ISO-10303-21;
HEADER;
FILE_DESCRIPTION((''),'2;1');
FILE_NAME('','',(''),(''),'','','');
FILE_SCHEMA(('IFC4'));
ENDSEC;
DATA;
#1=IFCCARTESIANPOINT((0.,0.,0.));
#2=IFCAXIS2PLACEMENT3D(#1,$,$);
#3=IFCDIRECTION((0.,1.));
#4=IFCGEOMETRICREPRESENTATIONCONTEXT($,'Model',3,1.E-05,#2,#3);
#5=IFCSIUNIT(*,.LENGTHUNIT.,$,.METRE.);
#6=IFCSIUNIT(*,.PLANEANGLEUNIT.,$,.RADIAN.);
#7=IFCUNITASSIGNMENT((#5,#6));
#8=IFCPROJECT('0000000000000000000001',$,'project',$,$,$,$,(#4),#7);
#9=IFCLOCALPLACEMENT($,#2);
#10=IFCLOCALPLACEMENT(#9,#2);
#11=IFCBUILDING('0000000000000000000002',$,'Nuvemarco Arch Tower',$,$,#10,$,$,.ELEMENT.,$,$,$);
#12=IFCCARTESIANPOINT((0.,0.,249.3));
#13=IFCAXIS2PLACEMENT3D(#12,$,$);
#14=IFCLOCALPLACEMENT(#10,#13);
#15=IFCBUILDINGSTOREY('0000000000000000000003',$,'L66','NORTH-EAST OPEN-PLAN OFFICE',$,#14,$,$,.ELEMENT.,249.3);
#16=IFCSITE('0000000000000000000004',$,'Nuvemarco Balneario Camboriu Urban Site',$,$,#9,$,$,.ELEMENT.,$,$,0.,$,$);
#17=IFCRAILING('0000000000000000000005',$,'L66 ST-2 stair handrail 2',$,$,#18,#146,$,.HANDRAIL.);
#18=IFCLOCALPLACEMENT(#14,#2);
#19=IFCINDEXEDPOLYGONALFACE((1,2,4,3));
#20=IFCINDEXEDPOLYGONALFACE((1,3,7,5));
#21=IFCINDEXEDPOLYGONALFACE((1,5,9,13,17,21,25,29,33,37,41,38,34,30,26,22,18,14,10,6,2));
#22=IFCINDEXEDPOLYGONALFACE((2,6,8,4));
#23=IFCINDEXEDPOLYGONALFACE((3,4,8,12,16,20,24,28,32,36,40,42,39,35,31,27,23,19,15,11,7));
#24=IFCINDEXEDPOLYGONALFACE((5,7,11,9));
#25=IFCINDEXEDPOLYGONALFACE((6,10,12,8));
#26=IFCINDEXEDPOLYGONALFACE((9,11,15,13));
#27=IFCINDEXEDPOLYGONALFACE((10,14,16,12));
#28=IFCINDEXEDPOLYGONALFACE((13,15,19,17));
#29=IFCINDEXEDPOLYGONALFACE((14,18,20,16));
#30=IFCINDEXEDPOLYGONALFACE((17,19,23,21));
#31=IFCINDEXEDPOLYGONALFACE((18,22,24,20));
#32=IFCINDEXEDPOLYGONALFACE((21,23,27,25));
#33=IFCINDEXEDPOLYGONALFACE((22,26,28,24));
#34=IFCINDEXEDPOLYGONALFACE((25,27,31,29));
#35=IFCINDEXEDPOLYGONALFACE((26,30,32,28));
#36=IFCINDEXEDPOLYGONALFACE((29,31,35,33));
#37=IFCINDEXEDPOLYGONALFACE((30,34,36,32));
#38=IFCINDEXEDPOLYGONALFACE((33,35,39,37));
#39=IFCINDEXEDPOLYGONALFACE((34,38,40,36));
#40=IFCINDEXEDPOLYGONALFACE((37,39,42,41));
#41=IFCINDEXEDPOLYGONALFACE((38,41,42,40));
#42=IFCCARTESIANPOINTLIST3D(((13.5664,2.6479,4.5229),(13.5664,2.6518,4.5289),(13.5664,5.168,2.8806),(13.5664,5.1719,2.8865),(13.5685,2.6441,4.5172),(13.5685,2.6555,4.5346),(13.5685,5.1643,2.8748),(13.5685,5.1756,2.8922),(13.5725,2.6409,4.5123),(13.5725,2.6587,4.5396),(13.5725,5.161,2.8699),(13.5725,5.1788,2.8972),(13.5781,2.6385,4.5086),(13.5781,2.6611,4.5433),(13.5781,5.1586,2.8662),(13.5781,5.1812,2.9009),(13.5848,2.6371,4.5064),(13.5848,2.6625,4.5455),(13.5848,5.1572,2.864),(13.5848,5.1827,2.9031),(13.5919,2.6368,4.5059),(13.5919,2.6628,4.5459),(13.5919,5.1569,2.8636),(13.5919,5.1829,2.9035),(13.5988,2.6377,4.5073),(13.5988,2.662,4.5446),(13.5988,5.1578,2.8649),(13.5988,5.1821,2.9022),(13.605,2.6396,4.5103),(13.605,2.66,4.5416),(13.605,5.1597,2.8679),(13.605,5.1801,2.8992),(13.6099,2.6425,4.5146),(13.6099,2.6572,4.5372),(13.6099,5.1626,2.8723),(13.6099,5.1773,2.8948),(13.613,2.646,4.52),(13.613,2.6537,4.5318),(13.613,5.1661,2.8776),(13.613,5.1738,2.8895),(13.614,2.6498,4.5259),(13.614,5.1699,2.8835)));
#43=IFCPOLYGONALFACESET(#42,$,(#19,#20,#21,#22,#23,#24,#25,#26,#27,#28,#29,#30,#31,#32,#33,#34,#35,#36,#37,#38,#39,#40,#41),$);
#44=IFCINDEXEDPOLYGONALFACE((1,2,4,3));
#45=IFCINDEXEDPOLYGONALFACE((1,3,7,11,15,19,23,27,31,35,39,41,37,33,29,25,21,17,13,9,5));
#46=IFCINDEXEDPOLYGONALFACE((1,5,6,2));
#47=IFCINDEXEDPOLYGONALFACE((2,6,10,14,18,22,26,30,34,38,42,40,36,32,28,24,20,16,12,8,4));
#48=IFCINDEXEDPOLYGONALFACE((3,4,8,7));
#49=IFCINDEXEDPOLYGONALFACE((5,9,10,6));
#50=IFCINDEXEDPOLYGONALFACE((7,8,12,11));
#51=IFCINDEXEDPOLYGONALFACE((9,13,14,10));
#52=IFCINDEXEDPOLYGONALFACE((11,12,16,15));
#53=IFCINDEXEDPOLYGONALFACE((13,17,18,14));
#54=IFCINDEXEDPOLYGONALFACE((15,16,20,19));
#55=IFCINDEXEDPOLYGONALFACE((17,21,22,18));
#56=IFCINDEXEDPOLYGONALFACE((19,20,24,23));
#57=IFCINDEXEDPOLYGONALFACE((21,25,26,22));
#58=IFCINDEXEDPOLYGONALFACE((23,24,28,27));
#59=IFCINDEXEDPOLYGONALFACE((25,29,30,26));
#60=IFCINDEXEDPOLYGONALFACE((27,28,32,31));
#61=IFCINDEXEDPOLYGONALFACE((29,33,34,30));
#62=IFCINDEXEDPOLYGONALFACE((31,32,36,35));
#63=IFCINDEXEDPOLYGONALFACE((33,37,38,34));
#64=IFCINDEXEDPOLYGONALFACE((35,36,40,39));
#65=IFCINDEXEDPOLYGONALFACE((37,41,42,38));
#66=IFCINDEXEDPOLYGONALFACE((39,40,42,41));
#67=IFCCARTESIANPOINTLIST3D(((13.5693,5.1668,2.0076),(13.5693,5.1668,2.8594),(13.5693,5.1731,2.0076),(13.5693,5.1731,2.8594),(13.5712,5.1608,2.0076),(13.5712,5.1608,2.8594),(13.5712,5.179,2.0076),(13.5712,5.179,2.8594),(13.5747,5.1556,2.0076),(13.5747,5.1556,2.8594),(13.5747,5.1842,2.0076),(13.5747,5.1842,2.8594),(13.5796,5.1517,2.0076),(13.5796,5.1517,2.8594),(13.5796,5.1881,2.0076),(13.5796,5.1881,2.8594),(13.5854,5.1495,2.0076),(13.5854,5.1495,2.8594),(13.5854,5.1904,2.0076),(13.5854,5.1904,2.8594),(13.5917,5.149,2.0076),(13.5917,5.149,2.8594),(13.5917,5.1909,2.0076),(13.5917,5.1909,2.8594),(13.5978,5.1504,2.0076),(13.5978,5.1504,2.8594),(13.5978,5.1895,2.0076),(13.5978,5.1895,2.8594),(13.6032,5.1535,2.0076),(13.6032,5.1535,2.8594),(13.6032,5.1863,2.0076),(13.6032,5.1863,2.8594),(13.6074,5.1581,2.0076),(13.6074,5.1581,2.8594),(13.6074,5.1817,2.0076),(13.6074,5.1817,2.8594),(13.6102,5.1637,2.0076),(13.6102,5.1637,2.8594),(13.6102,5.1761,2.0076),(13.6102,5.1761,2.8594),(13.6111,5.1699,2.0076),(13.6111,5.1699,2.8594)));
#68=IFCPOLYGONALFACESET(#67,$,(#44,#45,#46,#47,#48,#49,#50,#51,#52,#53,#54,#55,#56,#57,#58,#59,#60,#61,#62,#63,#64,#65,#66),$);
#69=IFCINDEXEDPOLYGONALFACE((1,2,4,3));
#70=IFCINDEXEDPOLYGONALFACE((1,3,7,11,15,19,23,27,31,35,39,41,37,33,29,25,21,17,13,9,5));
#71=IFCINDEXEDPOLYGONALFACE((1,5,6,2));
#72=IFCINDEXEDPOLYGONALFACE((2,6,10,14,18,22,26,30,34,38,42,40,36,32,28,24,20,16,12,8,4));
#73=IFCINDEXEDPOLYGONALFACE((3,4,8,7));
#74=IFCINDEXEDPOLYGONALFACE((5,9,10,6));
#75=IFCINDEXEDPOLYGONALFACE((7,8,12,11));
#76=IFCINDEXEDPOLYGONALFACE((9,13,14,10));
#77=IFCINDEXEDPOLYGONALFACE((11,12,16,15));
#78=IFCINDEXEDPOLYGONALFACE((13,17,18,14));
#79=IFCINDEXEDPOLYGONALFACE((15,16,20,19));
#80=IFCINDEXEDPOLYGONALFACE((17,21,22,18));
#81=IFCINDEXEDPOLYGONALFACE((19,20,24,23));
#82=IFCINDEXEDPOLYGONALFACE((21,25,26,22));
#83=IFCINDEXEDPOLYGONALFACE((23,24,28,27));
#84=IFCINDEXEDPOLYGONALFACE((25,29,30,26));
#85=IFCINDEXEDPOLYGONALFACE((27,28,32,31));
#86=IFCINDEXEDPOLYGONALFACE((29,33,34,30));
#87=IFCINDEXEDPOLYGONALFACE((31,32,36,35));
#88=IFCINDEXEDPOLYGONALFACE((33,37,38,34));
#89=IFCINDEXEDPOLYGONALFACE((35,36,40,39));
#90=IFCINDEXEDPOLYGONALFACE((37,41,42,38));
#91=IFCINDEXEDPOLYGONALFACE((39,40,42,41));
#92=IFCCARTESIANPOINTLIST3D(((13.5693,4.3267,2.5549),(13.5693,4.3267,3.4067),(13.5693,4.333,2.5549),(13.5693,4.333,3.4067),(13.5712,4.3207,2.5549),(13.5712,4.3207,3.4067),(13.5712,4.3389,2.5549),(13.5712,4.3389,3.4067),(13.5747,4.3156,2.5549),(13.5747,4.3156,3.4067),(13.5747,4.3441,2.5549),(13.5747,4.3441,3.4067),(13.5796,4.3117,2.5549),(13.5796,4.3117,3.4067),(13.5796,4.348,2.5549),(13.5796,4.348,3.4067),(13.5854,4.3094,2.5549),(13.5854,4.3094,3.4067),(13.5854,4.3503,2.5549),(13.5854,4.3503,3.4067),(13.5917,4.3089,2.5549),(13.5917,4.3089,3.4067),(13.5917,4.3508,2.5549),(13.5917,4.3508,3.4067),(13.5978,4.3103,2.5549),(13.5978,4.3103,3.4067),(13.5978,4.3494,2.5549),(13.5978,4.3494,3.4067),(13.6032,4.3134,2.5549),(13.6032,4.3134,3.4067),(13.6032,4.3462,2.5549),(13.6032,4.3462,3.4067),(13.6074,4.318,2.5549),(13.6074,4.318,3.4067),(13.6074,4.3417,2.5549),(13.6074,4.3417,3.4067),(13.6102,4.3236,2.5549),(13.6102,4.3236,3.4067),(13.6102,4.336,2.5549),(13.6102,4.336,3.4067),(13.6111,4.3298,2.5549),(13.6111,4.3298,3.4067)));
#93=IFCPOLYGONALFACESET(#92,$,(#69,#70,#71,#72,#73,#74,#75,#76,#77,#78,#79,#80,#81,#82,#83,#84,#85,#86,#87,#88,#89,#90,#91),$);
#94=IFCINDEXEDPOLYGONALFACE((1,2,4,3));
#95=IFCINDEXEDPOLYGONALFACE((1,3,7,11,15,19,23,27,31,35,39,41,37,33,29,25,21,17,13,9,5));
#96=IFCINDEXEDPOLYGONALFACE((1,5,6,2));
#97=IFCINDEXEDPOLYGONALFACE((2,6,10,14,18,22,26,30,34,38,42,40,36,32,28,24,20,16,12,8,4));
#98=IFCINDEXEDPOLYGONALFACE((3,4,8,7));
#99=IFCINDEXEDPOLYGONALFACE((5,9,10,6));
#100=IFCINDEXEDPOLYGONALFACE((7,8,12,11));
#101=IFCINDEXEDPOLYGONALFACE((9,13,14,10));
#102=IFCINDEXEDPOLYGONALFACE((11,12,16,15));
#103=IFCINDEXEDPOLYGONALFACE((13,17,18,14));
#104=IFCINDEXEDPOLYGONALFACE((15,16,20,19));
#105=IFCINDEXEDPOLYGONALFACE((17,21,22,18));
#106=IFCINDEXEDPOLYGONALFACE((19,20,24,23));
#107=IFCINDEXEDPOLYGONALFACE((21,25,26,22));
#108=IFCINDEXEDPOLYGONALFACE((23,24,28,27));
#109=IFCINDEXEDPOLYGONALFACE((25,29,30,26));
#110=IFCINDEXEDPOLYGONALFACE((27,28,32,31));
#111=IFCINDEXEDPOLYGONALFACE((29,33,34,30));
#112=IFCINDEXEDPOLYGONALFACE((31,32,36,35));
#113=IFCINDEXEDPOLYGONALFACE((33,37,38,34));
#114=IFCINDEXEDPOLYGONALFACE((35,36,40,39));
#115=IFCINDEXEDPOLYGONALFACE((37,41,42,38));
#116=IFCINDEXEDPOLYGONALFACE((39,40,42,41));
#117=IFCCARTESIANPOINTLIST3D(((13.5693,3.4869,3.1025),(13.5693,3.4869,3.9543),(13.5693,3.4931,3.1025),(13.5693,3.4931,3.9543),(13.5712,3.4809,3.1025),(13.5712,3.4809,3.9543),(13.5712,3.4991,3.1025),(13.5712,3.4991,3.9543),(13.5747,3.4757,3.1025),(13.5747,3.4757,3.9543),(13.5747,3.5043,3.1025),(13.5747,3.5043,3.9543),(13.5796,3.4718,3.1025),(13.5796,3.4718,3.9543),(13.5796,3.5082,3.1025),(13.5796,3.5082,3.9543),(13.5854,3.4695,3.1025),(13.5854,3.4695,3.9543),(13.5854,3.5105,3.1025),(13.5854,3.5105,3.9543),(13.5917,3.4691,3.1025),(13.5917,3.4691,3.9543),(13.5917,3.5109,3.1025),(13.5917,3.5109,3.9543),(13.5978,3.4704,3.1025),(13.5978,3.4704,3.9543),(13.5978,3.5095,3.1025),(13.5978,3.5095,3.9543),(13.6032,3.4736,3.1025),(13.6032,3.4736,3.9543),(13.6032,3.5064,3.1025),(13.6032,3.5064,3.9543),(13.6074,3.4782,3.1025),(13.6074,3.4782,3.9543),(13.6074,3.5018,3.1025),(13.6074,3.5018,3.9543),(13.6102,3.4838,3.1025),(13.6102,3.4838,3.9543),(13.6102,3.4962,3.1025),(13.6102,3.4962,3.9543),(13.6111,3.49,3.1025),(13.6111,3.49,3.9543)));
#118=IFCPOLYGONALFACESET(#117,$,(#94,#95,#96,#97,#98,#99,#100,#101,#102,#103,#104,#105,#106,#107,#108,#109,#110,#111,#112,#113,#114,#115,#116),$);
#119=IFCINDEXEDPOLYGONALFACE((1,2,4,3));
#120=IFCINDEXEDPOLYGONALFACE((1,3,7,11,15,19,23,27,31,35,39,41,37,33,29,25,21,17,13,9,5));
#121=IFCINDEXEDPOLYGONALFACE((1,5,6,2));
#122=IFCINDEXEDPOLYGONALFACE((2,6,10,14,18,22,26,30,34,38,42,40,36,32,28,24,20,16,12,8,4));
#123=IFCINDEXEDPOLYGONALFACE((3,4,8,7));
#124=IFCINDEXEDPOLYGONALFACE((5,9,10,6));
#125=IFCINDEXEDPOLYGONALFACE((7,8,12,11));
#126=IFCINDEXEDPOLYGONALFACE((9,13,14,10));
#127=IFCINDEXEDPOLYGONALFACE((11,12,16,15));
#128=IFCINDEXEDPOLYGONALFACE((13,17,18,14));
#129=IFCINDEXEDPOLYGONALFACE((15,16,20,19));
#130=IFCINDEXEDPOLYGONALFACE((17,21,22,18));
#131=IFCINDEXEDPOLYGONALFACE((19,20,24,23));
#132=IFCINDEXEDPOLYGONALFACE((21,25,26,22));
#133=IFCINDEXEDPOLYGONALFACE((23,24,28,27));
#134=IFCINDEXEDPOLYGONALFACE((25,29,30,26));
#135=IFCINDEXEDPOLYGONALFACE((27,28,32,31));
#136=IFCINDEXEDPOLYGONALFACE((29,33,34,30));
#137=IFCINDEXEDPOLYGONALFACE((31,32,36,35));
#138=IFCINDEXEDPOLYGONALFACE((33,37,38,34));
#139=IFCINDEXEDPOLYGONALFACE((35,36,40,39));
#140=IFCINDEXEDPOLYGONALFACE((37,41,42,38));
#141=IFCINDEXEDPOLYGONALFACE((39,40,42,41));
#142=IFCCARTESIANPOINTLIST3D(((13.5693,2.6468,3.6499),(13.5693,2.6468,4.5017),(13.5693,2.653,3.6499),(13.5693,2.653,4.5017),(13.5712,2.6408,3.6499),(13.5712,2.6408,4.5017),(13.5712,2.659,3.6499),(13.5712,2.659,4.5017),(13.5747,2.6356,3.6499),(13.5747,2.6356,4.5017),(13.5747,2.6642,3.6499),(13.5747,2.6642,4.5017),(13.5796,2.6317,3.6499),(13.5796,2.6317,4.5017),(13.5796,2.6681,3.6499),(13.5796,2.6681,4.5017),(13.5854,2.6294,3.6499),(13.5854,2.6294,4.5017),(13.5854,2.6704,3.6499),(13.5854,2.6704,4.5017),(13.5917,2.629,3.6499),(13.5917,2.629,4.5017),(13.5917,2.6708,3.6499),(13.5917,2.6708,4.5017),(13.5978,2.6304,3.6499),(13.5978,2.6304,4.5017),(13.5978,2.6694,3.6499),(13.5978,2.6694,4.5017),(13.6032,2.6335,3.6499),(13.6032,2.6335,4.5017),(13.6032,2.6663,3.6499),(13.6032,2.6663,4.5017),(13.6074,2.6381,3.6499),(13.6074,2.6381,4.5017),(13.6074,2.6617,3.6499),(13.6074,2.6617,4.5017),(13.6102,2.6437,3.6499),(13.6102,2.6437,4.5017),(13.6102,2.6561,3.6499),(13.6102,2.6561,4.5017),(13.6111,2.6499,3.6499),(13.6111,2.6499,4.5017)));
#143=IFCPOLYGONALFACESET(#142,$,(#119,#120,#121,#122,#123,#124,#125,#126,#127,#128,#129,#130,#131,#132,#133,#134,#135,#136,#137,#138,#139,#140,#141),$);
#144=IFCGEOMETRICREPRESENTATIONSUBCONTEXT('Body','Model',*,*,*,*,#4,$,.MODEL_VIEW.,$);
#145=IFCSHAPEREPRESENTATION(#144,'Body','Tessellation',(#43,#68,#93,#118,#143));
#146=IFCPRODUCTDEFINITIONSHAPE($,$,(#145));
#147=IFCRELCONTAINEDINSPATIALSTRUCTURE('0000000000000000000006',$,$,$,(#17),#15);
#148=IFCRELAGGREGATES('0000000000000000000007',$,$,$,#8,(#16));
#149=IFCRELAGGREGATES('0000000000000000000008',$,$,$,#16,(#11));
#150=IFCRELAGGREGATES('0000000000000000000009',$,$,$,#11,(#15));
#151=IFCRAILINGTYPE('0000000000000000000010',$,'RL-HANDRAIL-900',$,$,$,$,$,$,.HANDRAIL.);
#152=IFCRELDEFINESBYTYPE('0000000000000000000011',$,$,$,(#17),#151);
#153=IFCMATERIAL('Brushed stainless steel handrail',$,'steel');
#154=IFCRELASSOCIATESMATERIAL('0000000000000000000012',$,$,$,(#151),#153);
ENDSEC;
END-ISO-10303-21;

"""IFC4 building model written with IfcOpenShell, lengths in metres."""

from ifc_helpers import new_model, si_unit, direction, frame, origin, origin_2d, place, context, subcontext, project, spatial, circle, extrude, material, type_object, element, save


model = new_model("IFC4")

# Units and contexts
model_context = context("Model", 3, precision=1e-05, world=origin(), true_north=direction((0.0, 1.0)))
body_context = subcontext(model_context, "Body", "Model", "MODEL_VIEW")
ifc_project = project(units=[si_unit("LENGTHUNIT", "METRE"), si_unit("PLANEANGLEUNIT", "RADIAN")], contexts=[model_context])

# Site, building, storey
site_placement = place(None, origin())
site = spatial("IfcSite", under=ifc_project, at=site_placement, Name="Nuvemarco Balneario Camboriu Urban Site", CompositionType="ELEMENT", RefElevation=0.0)
building_placement = place(site_placement, origin())
building = spatial("IfcBuilding", under=site, at=building_placement, Name="Nuvemarco Arch Tower", CompositionType="ELEMENT")
storey_placement = place(building_placement, frame((0.0, 0.0, 249.3)))
storey = spatial("IfcBuildingStorey", under=building, at=storey_placement, Name="L66", Description="NORTH-EAST OPEN-PLAN OFFICE", CompositionType="ELEMENT", Elevation=249.3)

# Railing
ifc_material_1 = material(Name="Brushed stainless steel handrail", Category="steel")
railing_type_1 = type_object("IfcRailingType", Name="RL-HANDRAIL-900", PredefinedType="HANDRAIL", material=ifc_material_1)
railing_1_placement = place(storey_placement, frame((13.5901, 5.1699, 2.0076)))
element("IfcRailing", 1, at=railing_1_placement, inside=storey, type_object=railing_type_1, Name="L66 ST-2 stair handrail 2", PredefinedType="HANDRAIL", context=body_context, shape_type="SweptSolid", body=[
    extrude(circle(Radius=0.0239, at=origin_2d()), frame((0.0, 0.0, 0.876), z_axis=(0.0, -0.837787, 0.545998), x_axis=(1.0, 0.0, 0.0)), (0.0, 0.0, 1.0), 3.0081),
    extrude(circle(Radius=0.021, at=origin_2d()), origin(), (0.0, 0.0, 1.0), 0.8518),
    extrude(circle(Radius=0.021, at=origin_2d()), frame((0.0, -0.8401, 0.5474)), (0.0, 0.0, 1.0), 0.8518),
    extrude(circle(Radius=0.021, at=origin_2d()), frame((0.0, -1.6799, 1.095)), (0.0, 0.0, 1.0), 0.8518),
    extrude(circle(Radius=0.021, at=origin_2d()), frame((0.0, -2.52, 1.6423)), (0.0, 0.0, 1.0), 0.8518),
])

save(model, "model.ifc")
